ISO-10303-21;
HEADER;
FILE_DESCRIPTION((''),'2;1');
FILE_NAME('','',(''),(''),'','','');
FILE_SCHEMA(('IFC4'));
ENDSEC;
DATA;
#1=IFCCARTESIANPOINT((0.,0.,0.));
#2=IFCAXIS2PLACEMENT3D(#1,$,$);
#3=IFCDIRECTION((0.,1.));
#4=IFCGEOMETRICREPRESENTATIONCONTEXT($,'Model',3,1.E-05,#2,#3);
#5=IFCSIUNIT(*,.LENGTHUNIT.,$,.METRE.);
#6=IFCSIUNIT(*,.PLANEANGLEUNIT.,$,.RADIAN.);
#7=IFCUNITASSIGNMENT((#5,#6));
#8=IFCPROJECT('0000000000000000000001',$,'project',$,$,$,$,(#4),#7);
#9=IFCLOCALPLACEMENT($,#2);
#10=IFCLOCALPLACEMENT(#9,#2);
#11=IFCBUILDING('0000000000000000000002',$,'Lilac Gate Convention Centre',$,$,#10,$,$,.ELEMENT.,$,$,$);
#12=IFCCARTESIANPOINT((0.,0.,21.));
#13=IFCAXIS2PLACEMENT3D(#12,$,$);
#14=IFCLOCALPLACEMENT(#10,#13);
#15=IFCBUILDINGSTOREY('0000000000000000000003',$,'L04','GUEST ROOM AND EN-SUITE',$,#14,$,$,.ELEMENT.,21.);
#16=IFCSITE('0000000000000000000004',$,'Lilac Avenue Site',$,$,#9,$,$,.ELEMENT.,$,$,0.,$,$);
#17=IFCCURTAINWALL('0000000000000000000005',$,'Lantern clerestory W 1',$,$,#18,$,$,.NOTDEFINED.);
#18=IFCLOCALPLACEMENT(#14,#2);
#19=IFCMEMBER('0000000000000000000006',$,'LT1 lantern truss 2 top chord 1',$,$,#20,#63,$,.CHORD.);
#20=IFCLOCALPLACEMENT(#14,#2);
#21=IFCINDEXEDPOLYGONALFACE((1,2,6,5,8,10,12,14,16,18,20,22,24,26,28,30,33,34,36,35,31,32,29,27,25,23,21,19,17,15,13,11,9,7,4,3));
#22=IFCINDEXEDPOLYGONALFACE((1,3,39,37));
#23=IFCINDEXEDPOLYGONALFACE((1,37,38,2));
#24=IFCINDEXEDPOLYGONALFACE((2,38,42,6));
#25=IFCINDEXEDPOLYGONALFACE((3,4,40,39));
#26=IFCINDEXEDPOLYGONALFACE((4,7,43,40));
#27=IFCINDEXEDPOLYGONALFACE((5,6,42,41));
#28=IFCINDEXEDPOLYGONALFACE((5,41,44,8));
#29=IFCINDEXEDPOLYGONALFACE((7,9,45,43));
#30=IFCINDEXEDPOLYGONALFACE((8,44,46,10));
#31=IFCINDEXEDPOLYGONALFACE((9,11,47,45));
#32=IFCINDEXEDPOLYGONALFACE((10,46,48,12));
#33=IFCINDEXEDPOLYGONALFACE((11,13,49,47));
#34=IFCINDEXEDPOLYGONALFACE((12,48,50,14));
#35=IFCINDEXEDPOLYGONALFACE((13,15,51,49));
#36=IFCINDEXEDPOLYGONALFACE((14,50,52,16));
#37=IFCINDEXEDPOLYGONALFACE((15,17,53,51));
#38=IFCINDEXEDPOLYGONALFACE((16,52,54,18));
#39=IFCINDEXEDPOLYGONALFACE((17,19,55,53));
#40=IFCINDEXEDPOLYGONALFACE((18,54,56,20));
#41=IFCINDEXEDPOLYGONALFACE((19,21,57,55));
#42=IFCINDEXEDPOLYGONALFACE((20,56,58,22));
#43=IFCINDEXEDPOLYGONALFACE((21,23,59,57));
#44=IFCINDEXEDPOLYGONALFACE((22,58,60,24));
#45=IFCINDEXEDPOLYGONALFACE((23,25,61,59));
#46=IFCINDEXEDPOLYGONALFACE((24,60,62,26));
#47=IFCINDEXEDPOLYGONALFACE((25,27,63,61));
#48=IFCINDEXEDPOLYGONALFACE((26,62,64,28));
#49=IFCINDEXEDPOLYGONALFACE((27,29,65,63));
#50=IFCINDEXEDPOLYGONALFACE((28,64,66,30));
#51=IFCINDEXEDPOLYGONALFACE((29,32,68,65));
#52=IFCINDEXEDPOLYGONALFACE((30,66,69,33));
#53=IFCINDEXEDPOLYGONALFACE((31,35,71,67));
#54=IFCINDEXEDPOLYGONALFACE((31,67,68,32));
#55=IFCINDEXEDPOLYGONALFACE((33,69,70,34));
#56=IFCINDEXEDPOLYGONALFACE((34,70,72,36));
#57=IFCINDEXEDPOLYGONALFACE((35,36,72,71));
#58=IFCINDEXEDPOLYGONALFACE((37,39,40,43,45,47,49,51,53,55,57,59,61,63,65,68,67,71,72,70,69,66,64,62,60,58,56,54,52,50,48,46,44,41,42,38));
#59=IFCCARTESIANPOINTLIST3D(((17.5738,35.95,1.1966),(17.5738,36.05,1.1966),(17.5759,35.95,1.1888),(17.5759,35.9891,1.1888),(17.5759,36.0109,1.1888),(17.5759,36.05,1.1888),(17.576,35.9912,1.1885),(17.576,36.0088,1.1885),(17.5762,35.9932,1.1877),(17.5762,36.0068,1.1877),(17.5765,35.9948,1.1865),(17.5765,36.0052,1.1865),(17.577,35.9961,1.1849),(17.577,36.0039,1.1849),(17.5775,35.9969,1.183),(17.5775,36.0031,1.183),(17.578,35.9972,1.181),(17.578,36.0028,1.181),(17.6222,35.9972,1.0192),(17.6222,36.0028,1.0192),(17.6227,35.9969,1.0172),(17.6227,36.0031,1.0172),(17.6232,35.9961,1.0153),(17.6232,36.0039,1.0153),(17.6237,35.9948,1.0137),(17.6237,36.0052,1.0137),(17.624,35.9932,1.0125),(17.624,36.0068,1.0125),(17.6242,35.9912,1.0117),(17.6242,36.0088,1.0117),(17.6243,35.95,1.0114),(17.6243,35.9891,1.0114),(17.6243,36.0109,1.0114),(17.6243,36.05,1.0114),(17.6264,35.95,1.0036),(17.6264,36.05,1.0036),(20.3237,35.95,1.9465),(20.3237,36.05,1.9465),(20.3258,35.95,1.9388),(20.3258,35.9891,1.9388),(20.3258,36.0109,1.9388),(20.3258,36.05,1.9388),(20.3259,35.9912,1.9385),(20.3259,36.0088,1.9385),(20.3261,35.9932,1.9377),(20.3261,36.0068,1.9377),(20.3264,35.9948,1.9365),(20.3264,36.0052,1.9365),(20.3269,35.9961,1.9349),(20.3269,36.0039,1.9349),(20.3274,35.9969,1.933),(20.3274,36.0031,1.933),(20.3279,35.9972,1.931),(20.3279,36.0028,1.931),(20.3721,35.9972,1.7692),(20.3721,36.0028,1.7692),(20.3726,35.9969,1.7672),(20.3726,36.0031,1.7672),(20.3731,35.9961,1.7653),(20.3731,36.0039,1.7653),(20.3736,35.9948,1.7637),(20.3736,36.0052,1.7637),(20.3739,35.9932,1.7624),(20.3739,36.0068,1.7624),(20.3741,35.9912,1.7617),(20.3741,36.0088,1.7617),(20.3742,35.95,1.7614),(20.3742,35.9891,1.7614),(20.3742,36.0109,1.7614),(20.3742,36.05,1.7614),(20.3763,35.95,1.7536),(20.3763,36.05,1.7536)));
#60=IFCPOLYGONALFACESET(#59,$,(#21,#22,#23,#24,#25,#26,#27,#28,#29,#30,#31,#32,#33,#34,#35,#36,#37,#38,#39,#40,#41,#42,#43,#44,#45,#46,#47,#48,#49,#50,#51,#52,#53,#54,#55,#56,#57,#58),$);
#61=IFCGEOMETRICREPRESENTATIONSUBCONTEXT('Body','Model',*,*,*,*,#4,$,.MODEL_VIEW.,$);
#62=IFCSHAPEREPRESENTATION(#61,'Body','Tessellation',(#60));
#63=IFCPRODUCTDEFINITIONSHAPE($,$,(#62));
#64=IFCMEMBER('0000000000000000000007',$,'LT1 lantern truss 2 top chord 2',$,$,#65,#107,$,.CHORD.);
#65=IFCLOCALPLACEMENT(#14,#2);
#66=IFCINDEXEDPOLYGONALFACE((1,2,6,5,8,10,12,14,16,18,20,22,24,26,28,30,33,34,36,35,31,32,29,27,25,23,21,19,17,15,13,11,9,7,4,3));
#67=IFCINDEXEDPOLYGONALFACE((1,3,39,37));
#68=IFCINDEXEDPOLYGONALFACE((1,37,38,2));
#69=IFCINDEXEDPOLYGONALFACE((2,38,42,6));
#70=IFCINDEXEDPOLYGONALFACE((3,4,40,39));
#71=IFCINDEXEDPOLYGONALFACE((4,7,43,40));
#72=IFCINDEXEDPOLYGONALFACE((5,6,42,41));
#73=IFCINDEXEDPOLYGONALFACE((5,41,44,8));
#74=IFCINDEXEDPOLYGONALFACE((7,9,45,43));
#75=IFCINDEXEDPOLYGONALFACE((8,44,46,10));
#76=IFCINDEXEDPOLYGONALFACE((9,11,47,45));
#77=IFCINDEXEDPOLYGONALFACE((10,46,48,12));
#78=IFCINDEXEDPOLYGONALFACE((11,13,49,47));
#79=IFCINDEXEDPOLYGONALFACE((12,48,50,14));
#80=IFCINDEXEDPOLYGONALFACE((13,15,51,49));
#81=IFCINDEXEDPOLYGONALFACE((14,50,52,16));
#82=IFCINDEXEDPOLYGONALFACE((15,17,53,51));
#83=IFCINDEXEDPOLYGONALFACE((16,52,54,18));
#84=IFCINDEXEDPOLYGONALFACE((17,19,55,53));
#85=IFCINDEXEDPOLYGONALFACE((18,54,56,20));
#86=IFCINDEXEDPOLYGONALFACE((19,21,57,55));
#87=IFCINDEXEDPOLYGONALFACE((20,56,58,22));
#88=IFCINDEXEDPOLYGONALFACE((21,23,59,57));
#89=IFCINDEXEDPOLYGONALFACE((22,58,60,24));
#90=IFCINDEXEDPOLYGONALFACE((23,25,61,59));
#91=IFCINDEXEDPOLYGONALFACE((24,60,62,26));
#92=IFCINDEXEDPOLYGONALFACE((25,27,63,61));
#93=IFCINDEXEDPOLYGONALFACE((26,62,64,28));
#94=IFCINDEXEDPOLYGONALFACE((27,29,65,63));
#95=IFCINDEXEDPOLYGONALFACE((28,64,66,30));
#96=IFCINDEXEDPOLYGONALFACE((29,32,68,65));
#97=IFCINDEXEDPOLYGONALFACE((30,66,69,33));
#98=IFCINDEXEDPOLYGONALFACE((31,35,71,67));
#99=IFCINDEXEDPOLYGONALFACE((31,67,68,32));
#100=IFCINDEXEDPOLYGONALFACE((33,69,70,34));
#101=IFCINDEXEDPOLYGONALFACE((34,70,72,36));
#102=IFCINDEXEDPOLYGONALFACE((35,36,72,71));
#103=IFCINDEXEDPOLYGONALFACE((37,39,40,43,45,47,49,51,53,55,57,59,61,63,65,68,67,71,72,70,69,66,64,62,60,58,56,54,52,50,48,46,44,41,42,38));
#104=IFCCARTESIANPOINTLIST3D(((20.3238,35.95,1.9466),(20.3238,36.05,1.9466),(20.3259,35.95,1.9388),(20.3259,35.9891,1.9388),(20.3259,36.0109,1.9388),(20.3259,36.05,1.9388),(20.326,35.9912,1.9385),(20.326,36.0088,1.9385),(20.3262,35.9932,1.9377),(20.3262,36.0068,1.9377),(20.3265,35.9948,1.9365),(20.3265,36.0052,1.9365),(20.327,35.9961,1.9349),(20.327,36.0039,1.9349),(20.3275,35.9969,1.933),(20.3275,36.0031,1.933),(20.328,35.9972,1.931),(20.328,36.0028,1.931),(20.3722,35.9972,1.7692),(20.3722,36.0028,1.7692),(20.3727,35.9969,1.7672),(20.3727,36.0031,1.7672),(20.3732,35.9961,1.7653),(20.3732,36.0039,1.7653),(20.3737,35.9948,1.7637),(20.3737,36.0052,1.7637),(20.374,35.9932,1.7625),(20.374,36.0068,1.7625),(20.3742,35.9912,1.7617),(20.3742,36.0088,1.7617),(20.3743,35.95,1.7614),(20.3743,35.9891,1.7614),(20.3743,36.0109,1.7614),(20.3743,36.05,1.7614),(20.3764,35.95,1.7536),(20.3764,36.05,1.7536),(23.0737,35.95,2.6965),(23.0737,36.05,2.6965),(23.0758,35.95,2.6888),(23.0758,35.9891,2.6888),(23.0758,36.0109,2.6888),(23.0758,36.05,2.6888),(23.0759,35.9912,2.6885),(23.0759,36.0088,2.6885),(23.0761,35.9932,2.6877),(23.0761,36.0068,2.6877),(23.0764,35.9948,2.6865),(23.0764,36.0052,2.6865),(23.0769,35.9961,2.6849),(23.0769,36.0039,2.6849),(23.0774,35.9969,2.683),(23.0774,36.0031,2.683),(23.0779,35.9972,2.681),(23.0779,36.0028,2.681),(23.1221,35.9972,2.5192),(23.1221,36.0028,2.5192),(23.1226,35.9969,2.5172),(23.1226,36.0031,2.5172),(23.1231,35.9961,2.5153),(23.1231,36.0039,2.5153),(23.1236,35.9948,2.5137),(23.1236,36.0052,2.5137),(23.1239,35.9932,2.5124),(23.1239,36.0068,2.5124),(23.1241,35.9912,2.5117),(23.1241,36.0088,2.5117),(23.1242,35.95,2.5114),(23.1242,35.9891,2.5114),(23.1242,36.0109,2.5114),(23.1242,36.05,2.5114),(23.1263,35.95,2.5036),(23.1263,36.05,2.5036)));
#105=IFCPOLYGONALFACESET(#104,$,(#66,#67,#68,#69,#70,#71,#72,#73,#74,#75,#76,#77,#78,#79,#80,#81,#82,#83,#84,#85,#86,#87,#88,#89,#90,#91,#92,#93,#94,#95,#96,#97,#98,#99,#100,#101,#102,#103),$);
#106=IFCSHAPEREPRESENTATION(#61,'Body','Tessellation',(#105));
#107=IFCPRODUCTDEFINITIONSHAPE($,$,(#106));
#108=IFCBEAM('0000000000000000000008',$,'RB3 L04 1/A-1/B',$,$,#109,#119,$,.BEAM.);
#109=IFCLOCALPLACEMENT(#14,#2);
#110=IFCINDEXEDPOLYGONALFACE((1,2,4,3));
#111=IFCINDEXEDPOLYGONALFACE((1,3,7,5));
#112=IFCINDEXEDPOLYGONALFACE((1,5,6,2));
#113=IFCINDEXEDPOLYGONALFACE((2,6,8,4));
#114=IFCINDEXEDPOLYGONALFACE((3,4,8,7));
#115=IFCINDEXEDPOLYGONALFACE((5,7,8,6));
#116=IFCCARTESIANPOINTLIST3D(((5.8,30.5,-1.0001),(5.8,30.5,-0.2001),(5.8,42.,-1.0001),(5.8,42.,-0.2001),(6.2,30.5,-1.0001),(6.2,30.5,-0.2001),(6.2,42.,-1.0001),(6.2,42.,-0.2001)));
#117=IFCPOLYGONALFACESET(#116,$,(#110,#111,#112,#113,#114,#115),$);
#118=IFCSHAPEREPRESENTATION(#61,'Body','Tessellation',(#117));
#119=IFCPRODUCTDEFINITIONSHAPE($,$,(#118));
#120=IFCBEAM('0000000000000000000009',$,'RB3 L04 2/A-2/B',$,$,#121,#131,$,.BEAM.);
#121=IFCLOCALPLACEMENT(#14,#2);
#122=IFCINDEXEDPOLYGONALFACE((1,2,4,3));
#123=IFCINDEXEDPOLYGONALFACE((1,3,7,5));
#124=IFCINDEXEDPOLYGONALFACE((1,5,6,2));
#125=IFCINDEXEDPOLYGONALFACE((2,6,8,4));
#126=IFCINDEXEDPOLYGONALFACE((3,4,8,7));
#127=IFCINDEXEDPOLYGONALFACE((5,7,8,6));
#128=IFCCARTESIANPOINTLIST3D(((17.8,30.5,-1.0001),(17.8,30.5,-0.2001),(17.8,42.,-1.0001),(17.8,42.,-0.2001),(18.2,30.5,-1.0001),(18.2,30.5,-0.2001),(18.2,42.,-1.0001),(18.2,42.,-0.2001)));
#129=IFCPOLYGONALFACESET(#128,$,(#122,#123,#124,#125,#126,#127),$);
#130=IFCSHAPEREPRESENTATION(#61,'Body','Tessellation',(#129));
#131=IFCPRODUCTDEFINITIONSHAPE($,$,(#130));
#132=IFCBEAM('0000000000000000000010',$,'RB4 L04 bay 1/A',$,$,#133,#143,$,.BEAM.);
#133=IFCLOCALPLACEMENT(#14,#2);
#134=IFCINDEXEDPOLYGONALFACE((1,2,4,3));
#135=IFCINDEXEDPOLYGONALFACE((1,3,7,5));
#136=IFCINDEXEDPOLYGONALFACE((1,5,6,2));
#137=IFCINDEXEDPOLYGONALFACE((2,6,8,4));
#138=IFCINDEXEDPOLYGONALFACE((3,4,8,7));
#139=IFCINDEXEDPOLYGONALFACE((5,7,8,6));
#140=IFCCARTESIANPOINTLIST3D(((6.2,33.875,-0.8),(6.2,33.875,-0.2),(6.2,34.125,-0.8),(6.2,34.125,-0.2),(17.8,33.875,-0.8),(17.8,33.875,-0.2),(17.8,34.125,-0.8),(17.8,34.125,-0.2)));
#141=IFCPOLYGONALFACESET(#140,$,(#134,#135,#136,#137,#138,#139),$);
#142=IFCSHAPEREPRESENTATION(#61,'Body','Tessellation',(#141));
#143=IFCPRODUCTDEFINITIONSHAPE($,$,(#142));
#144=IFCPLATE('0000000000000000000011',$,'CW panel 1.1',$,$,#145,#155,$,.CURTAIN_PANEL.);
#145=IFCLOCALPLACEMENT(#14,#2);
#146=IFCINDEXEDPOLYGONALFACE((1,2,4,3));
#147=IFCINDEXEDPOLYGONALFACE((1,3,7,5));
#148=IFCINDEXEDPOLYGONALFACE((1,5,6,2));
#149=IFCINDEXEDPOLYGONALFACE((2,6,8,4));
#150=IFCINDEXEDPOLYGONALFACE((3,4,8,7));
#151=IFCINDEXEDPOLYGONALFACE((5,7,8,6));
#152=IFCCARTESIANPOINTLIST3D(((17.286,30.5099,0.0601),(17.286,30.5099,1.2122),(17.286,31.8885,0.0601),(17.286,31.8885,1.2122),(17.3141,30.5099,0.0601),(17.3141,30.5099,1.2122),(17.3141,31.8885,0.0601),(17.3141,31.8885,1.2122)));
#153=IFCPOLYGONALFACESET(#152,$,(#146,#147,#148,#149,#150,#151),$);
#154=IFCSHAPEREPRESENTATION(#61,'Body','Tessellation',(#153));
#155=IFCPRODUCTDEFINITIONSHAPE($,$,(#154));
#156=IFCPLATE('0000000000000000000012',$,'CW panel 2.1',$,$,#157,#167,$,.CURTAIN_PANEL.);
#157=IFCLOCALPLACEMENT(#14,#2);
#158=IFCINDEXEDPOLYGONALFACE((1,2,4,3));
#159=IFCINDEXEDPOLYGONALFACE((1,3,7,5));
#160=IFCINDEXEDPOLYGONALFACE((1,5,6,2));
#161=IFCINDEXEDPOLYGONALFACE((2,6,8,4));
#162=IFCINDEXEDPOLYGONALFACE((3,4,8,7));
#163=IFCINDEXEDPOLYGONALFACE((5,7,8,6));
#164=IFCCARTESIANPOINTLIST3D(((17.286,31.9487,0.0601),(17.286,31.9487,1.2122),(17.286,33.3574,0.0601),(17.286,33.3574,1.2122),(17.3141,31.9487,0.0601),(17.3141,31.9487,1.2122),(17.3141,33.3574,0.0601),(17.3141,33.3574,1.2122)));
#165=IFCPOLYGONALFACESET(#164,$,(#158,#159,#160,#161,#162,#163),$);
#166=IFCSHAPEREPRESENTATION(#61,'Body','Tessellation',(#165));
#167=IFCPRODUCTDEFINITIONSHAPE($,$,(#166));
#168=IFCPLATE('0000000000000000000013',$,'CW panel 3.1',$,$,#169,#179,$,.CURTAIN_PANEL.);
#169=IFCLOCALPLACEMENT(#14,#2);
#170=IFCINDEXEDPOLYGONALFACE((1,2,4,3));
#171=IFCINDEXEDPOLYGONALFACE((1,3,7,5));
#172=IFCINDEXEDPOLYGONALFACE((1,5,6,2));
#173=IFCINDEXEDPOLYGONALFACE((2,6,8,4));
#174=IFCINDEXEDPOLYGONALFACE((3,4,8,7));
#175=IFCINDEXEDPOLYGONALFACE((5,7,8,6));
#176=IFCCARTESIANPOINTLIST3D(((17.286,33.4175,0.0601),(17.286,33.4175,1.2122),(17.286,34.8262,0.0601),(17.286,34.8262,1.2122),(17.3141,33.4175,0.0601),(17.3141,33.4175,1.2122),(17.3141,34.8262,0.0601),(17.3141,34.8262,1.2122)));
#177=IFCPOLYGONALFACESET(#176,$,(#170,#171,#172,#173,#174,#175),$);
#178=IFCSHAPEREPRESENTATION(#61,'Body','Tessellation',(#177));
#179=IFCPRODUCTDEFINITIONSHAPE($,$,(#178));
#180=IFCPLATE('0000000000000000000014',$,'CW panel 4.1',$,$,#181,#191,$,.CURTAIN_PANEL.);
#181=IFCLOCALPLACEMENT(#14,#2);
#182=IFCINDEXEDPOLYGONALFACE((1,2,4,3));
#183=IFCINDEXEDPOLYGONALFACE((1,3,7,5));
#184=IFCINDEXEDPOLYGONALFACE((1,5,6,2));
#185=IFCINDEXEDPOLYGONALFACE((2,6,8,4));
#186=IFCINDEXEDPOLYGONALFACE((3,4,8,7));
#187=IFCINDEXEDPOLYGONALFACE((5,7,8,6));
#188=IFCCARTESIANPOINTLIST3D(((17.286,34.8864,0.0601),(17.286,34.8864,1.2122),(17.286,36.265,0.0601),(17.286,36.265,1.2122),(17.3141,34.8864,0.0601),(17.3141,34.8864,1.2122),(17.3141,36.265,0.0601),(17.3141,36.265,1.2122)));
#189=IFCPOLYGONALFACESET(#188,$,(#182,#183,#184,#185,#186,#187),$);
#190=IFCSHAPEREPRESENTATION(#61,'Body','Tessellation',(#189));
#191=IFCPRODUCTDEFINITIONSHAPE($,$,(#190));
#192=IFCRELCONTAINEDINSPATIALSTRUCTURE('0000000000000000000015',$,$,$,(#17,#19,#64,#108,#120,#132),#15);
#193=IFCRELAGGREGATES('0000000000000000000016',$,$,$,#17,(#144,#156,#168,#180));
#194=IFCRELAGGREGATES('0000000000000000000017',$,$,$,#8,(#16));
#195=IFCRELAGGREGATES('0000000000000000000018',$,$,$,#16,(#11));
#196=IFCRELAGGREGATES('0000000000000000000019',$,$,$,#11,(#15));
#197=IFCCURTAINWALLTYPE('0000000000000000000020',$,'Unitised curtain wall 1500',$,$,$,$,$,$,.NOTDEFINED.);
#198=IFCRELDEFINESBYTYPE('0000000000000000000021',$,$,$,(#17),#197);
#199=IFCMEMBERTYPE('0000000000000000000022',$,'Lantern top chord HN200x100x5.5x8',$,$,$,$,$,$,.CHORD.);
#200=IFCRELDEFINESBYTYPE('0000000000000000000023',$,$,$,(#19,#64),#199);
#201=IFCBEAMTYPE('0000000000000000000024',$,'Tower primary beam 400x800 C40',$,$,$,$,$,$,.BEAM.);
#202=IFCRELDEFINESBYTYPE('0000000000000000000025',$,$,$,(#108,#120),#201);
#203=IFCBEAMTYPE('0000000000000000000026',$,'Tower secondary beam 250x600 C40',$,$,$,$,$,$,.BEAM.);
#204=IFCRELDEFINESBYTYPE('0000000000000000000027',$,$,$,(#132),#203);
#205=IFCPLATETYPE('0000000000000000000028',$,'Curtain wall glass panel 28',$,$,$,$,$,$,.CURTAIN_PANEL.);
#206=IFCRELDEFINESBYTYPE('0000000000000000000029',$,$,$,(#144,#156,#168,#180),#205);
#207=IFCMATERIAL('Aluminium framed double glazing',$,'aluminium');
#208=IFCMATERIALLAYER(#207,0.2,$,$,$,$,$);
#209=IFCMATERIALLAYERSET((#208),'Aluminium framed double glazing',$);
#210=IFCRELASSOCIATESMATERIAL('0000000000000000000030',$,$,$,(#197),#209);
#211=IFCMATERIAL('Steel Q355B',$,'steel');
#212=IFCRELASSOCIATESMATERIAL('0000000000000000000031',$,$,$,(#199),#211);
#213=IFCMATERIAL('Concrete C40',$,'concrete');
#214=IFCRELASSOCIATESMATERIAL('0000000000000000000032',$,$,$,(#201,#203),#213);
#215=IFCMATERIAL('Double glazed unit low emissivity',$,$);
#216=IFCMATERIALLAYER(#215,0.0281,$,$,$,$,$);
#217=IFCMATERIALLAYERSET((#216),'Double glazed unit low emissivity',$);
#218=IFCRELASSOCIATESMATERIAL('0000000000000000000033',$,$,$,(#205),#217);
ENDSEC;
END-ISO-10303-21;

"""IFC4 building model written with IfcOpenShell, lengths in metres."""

from ifc_helpers import new_model, si_unit, direction, frame, origin, origin_2d, place, context, subcontext, project, spatial, rectangle, i_section, extrude, material, layer, layer_set, material_profile, profile_set, type_object, element, aggregate, save


model = new_model("IFC4")

# Units and contexts
model_context = context("Model", 3, precision=1e-05, world=origin(), true_north=direction((0.0, 1.0)))
body_context = subcontext(model_context, "Body", "Model", "MODEL_VIEW")
ifc_project = project(units=[si_unit("LENGTHUNIT", "METRE"), si_unit("PLANEANGLEUNIT", "RADIAN")], contexts=[model_context])

# Site, building, storey
site_placement = place(None, origin())
site = spatial("IfcSite", under=ifc_project, at=site_placement, Name="Lilac Avenue Site", CompositionType="ELEMENT", RefElevation=0.0)
building_placement = place(site_placement, origin())
building = spatial("IfcBuilding", under=site, at=building_placement, Name="Lilac Gate Convention Centre", CompositionType="ELEMENT")
storey_placement = place(building_placement, frame((0.0, 0.0, 21.0)))
storey = spatial("IfcBuildingStorey", under=building, at=storey_placement, Name="L04", Description="GUEST ROOM AND EN-SUITE", CompositionType="ELEMENT", Elevation=21.0)

# Curtain wall
ifc_material_1 = material(Name="Aluminium framed double glazing", Category="aluminium")
ifc_layer_1 = layer(ifc_material_1, 0.2)
ifc_layer_set_1 = layer_set([ifc_layer_1], Name="Aluminium framed double glazing")
curtain_wall_type = type_object("IfcCurtainWallType", Name="Unitised curtain wall 1500", PredefinedType="NOTDEFINED", material=ifc_layer_set_1)
curtain_wall_1_placement = place(storey_placement, origin())
curtain_wall_1 = element("IfcCurtainWall", 1, at=curtain_wall_1_placement, inside=storey, type_object=curtain_wall_type, Name="Lantern clerestory W 1", PredefinedType="NOTDEFINED")

# Members
ifc_material_2 = material(Name="Steel Q355B", Category="steel")
ifc_material_profile_1 = material_profile(ifc_material_2, i_section(OverallWidth=0.1001, OverallDepth=0.2, WebThickness=0.0056, FlangeThickness=0.0081, FilletRadius=0.0081, at=origin_2d()), Name="HN200x100x5.5x8")
ifc_profile_set_1 = profile_set([ifc_material_profile_1], Name="Steel Q355B")
member_type_1 = type_object("IfcMemberType", Name="Lantern top chord HN200x100x5.5x8", PredefinedType="CHORD", material=ifc_profile_set_1)
for number, where, z_axis, x_axis, name in (
    (2, (17.6001, 36.0, 1.1001), (0.964764, 0.0, 0.263117), (0.0, 1.0, 0.0), "LT1 lantern truss 2 top chord 1"),
    (3, (20.3501, 36.0, 1.8501), (0.964764, 0.0, 0.263117), (0.0, 1.0, 0.0), "LT1 lantern truss 2 top chord 2"),
):
    element("IfcMember", number, at=place(storey_placement, frame(where, z_axis=z_axis, x_axis=x_axis)), inside=storey, type_object=member_type_1, Name=name, PredefinedType="CHORD", context=body_context, shape_type="SweptSolid", body=[
        extrude(i_section(OverallWidth=0.1001, OverallDepth=0.2, WebThickness=0.0056, FlangeThickness=0.0081, FilletRadius=0.0081, at=origin_2d()), origin(), (0.0, 0.0, 1.0), 2.8503),
    ])

# Beams
ifc_material_3 = material(Name="Concrete C40", Category="concrete")
ifc_material_profile_2 = material_profile(ifc_material_3, rectangle(XDim=0.3999, YDim=0.8, at=origin_2d()), Name="RC 400x800")
ifc_profile_set_2 = profile_set([ifc_material_profile_2], Name="Concrete C40")
beam_type_1 = type_object("IfcBeamType", Name="Tower primary beam 400x800 C40", PredefinedType="BEAM", material=ifc_profile_set_2)
for number, where, z_axis, x_axis, name in (
    (4, (6.0, 30.5, -0.6001), (0.0, 1.0, 0.0), (-1.0, 0.0, 0.0), "RB3 L04 1/A-1/B"),
    (5, (18.0, 30.5, -0.6001), (0.0, 1.0, 0.0), (-1.0, 0.0, 0.0), "RB3 L04 2/A-2/B"),
):
    element("IfcBeam", number, at=place(storey_placement, frame(where, z_axis=z_axis, x_axis=x_axis)), inside=storey, type_object=beam_type_1, Name=name, PredefinedType="BEAM", context=body_context, shape_type="SweptSolid", body=[
        extrude(rectangle(XDim=0.3999, YDim=0.8, at=origin_2d()), origin(), (0.0, 0.0, 1.0), 11.5),
    ])
ifc_material_profile_3 = material_profile(ifc_material_3, rectangle(XDim=0.25, YDim=0.6001, at=origin_2d()), Name="RC 250x600")
ifc_profile_set_3 = profile_set([ifc_material_profile_3], Name="Concrete C40")
beam_type_2 = type_object("IfcBeamType", Name="Tower secondary beam 250x600 C40", PredefinedType="BEAM", material=ifc_profile_set_3)
beam_placement = place(storey_placement, frame((6.2, 34.0, -0.5), z_axis=(1.0, 0.0, 0.0), x_axis=(0.0, 1.0, 0.0)))
element("IfcBeam", 6, at=beam_placement, inside=storey, type_object=beam_type_2, Name="RB4 L04 bay 1/A", PredefinedType="BEAM", context=body_context, shape_type="SweptSolid", body=[
    extrude(rectangle(XDim=0.25, YDim=0.6001, at=origin_2d()), origin(), (0.0, 0.0, 1.0), 11.6001),
])

# Plates
ifc_material_4 = material(Name="Double glazed unit low emissivity")
ifc_layer_2 = layer(ifc_material_4, 0.0281)
ifc_layer_set_2 = layer_set([ifc_layer_2], Name="Double glazed unit low emissivity")
plate_type = type_object("IfcPlateType", Name="Curtain wall glass panel 28", PredefinedType="CURTAIN_PANEL", material=ifc_layer_set_2)
plate_1_placement = place(storey_placement, frame((17.3, 31.1992, 0.0601), z_axis=(0.0, 0.0, 1.0), x_axis=(0.0, 1.0, 0.0)))
plate_1 = element("IfcPlate", 7, at=plate_1_placement, type_object=plate_type, Name="CW panel 1.1", PredefinedType="CURTAIN_PANEL", context=body_context, shape_type="SweptSolid", body=[
    extrude(rectangle(XDim=1.3787, YDim=0.0281, at=origin_2d()), origin(), (0.0, 0.0, 1.0), 1.1521),
])
plate_2_placement = place(storey_placement, frame((17.3, 32.6531, 0.0601), z_axis=(0.0, 0.0, 1.0), x_axis=(0.0, 1.0, 0.0)))
plate_2 = element("IfcPlate", 8, at=plate_2_placement, type_object=plate_type, Name="CW panel 2.1", PredefinedType="CURTAIN_PANEL", context=body_context, shape_type="SweptSolid", body=[
    extrude(rectangle(XDim=1.4087, YDim=0.0281, at=origin_2d()), origin(), (0.0, 0.0, 1.0), 1.1521),
])
plate_3_placement = place(storey_placement, frame((17.3, 34.1218, 0.0601), z_axis=(0.0, 0.0, 1.0), x_axis=(0.0, 1.0, 0.0)))
plate_3 = element("IfcPlate", 9, at=plate_3_placement, type_object=plate_type, Name="CW panel 3.1", PredefinedType="CURTAIN_PANEL", context=body_context, shape_type="SweptSolid", body=[
    extrude(rectangle(XDim=1.4087, YDim=0.0281, at=origin_2d()), origin(), (0.0, 0.0, 1.0), 1.1521),
])
plate_4_placement = place(storey_placement, frame((17.3, 35.5757, 0.0601), z_axis=(0.0, 0.0, 1.0), x_axis=(0.0, 1.0, 0.0)))
plate_4 = element("IfcPlate", 10, at=plate_4_placement, type_object=plate_type, Name="CW panel 4.1", PredefinedType="CURTAIN_PANEL", context=body_context, shape_type="SweptSolid", body=[
    extrude(rectangle(XDim=1.3787, YDim=0.0281, at=origin_2d()), origin(), (0.0, 0.0, 1.0), 1.1521),
])
aggregate(curtain_wall_1, [plate_1, plate_2, plate_3, plate_4])

save(model, "model.ifc")
